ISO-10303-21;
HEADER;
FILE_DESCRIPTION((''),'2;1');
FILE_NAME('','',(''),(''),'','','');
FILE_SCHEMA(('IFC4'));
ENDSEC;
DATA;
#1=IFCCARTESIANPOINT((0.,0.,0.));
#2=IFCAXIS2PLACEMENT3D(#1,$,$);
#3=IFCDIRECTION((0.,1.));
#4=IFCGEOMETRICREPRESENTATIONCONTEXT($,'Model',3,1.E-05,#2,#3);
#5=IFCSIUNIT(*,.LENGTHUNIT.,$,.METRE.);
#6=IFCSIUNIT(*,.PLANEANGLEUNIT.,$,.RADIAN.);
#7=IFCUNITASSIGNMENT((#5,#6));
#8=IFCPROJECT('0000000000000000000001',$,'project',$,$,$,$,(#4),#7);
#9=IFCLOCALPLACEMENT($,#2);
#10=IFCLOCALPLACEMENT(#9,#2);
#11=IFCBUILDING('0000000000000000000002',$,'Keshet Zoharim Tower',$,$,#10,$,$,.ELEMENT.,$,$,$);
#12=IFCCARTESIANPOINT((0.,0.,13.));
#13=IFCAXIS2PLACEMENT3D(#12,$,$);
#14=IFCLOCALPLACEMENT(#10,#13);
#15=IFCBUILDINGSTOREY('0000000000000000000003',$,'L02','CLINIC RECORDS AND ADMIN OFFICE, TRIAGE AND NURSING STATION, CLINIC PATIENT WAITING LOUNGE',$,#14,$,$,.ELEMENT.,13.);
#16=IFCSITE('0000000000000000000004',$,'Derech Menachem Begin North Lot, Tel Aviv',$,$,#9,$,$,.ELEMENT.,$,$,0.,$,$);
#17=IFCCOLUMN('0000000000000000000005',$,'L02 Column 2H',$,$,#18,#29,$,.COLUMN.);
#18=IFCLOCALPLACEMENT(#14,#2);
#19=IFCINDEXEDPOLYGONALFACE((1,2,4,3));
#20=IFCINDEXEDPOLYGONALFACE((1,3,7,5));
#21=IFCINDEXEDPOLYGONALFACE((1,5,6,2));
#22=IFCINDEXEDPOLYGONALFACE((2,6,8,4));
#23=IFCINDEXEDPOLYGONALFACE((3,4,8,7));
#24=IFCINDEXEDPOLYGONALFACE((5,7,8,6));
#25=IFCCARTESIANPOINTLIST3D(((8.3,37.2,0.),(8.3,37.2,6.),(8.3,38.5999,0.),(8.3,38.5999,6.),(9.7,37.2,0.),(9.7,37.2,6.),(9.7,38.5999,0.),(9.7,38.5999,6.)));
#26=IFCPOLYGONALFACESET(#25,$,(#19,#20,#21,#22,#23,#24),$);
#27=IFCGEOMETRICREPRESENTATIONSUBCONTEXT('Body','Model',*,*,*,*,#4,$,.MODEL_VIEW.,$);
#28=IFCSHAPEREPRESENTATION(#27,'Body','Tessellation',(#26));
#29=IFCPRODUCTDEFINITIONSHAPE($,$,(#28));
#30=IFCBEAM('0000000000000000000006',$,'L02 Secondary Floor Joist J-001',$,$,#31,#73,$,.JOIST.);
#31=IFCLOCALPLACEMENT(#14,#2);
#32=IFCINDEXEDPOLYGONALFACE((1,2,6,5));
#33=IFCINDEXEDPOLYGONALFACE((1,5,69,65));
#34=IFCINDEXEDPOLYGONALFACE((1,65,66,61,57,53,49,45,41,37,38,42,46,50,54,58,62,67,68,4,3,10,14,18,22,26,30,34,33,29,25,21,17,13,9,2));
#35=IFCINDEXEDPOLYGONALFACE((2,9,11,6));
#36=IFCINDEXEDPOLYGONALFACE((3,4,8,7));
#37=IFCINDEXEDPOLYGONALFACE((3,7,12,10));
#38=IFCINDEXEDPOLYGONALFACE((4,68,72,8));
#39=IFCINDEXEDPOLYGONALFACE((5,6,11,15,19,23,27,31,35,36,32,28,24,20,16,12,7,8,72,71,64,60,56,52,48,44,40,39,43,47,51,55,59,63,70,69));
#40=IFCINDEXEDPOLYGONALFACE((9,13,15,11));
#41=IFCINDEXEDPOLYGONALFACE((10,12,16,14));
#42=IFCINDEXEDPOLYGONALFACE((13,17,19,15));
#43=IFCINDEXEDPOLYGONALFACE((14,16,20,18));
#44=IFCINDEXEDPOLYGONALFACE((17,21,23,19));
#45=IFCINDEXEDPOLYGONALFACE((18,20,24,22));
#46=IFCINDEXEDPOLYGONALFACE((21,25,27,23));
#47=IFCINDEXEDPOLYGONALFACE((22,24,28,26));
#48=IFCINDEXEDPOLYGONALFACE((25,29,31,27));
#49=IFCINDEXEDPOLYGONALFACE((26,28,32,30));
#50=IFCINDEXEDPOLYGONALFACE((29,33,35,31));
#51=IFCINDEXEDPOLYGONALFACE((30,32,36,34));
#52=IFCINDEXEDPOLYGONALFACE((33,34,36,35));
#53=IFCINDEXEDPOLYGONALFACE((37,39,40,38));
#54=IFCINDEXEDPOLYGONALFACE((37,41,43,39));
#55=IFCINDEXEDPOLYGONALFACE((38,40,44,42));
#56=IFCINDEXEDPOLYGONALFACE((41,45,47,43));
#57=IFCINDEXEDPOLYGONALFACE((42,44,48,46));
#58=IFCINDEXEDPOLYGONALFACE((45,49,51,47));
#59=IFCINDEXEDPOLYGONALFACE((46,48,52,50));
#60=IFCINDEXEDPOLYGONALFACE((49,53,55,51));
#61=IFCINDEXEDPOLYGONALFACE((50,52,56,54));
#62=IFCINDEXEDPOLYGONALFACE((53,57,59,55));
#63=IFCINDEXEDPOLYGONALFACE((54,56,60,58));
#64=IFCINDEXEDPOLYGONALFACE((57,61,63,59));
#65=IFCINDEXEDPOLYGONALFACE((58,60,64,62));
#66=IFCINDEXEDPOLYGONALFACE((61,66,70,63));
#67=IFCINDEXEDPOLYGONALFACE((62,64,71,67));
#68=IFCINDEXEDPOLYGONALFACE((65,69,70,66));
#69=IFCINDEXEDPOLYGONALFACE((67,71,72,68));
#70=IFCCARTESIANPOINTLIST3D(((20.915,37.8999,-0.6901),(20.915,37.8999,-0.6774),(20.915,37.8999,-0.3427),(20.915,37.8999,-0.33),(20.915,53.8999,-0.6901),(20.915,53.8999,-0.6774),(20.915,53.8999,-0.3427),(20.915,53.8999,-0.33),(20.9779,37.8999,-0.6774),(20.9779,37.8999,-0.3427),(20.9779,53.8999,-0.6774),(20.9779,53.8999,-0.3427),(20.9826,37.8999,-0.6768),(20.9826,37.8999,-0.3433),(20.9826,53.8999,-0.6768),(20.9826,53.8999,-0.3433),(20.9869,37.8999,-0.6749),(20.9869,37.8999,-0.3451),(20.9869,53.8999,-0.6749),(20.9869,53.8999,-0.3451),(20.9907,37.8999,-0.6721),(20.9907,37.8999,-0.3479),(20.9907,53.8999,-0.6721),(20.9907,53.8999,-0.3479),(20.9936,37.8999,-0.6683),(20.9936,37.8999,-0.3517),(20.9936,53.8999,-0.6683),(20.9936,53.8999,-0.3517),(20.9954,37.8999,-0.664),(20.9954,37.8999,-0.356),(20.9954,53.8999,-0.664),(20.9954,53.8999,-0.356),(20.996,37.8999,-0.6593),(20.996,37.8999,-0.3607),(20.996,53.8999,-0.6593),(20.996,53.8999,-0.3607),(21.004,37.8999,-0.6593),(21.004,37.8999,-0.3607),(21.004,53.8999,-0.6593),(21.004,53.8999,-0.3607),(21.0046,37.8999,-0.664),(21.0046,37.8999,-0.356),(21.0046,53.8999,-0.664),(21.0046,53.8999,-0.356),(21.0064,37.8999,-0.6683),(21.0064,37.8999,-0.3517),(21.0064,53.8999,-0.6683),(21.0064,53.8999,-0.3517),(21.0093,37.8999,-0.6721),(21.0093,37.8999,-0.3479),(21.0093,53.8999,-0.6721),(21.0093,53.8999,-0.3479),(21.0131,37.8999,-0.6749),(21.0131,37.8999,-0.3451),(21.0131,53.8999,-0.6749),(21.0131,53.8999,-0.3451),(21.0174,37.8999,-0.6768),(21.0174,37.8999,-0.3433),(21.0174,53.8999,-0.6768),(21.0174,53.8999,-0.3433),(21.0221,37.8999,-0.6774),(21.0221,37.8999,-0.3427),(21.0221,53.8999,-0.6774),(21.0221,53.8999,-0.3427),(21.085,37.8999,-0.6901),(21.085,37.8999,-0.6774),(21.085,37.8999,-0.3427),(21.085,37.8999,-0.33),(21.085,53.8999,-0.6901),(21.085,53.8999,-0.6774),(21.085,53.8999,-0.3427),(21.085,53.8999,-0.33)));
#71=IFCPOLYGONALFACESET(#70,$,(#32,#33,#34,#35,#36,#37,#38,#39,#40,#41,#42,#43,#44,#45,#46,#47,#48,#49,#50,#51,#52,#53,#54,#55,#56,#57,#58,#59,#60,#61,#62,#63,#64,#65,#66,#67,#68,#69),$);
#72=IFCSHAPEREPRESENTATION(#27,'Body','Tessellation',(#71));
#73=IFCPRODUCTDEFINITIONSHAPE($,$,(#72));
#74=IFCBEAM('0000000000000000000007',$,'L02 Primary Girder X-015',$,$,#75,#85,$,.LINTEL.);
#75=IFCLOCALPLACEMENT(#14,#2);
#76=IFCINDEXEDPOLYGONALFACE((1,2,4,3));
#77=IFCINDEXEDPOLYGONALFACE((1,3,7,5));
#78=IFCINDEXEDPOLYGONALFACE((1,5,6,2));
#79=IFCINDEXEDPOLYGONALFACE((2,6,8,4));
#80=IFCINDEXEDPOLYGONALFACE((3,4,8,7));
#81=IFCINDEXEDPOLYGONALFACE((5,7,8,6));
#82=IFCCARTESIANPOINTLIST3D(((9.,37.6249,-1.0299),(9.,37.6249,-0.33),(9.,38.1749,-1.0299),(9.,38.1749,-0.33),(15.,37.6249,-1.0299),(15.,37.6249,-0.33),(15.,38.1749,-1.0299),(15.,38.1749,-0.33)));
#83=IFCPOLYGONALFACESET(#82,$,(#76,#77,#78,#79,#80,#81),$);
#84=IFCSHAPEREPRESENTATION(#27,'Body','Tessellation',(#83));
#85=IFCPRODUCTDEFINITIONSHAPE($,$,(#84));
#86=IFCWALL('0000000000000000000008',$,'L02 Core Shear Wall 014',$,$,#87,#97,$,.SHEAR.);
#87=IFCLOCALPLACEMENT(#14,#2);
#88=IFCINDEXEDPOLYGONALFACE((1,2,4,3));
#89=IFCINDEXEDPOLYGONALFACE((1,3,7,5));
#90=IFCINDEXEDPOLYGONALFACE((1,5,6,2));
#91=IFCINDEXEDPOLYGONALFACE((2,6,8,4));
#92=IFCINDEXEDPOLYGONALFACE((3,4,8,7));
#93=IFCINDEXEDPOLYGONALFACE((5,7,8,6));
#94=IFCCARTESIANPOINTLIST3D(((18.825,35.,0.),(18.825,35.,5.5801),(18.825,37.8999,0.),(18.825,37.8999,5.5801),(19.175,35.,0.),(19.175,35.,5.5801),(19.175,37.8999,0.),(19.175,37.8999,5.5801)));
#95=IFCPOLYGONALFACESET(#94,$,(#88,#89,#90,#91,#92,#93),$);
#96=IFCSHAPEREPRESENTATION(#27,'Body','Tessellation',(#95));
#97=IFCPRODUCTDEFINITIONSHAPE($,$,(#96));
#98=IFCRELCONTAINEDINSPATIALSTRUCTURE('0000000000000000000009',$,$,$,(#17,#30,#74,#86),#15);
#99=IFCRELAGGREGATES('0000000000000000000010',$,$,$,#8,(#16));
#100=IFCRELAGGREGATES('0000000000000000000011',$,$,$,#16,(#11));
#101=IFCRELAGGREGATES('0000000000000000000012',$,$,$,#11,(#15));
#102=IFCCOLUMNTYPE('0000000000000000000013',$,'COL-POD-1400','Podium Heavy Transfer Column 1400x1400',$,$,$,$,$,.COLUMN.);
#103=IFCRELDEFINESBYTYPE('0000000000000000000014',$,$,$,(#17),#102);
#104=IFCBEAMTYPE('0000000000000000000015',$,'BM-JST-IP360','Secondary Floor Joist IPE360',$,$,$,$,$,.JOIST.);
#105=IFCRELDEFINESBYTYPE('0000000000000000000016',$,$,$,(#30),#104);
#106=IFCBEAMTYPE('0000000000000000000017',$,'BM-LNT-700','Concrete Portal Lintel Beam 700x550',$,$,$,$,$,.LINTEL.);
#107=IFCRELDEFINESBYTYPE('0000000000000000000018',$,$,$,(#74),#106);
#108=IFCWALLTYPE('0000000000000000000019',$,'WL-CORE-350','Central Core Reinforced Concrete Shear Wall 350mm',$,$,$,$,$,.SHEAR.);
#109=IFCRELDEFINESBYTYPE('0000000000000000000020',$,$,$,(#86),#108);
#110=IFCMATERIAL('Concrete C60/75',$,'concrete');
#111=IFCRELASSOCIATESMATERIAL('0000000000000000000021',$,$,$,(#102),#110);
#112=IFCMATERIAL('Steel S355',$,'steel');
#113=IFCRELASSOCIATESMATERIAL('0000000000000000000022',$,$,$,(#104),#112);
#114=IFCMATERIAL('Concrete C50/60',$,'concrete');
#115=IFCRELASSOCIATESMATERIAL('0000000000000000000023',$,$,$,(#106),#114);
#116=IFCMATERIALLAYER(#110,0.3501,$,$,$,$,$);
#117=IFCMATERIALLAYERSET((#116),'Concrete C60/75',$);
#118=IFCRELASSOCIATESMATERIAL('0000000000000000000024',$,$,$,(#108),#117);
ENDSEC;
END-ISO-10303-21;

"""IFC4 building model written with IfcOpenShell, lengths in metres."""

from ifc_helpers import new_model, si_unit, direction, frame, frame_2d, origin, origin_2d, place, context, subcontext, project, spatial, rectangle, i_section, extrude, material, layer, layer_set, material_profile, profile_set, type_object, element, save


model = new_model("IFC4")

# Units and contexts
model_context = context("Model", 3, precision=1e-05, world=origin(), true_north=direction((0.0, 1.0)))
body_context = subcontext(model_context, "Body", "Model", "MODEL_VIEW")
ifc_project = project(units=[si_unit("LENGTHUNIT", "METRE"), si_unit("PLANEANGLEUNIT", "RADIAN")], contexts=[model_context])

# Site, building, storey
site_placement = place(None, origin())
site = spatial("IfcSite", under=ifc_project, at=site_placement, Name="Derech Menachem Begin North Lot, Tel Aviv", CompositionType="ELEMENT", RefElevation=0.0)
building_placement = place(site_placement, origin())
building = spatial("IfcBuilding", under=site, at=building_placement, Name="Keshet Zoharim Tower", CompositionType="ELEMENT")
storey_placement = place(building_placement, frame((0.0, 0.0, 13.0)))
storey = spatial("IfcBuildingStorey", under=building, at=storey_placement, Name="L02", Description="CLINIC RECORDS AND ADMIN OFFICE, TRIAGE AND NURSING STATION, CLINIC PATIENT WAITING LOUNGE", CompositionType="ELEMENT", Elevation=13.0)

# Column
ifc_material_1 = material(Name="Concrete C60/75", Category="concrete")
ifc_material_profile_1 = material_profile(ifc_material_1, rectangle(XDim=1.3999, YDim=1.3999, at=origin_2d()), Name="RC1400x1400")
ifc_profile_set_1 = profile_set([ifc_material_profile_1], Name="Concrete C60/75")
column_type = type_object("IfcColumnType", Name="COL-POD-1400", Description="Podium Heavy Transfer Column 1400x1400", PredefinedType="COLUMN", material=ifc_profile_set_1)
column_placement = place(storey_placement, frame((9.0, 37.8999, 0.0), z_axis=(0.0, 0.0, 1.0), x_axis=(1.0, 0.0, 0.0)))
element("IfcColumn", 1, at=column_placement, inside=storey, type_object=column_type, Name="L02 Column 2H", PredefinedType="COLUMN", context=body_context, shape_type="SweptSolid", body=[
    extrude(rectangle(XDim=1.3999, YDim=1.3999, at=origin_2d()), origin(), (0.0, 0.0, 1.0), 6.0),
])

# Beams
ifc_material_2 = material(Name="Steel S355", Category="steel")
ifc_material_profile_2 = material_profile(ifc_material_2, i_section(OverallWidth=0.1699, OverallDepth=0.3601, WebThickness=0.0081, FlangeThickness=0.0127, FilletRadius=0.0181, at=origin_2d()), Name="IPE360")
ifc_profile_set_2 = profile_set([ifc_material_profile_2], Name="Steel S355")
beam_type_1 = type_object("IfcBeamType", Name="BM-JST-IP360", Description="Secondary Floor Joist IPE360", PredefinedType="JOIST", material=ifc_profile_set_2)
beam_1_placement = place(storey_placement, frame((21.0, 37.8999, -0.51), z_axis=(0.0, 1.0, 0.0), x_axis=(-1.0, 0.0, 0.0)))
element("IfcBeam", 2, at=beam_1_placement, inside=storey, type_object=beam_type_1, Name="L02 Secondary Floor Joist J-001", PredefinedType="JOIST", context=body_context, shape_type="SweptSolid", body=[
    extrude(i_section(OverallWidth=0.1699, OverallDepth=0.3601, WebThickness=0.0081, FlangeThickness=0.0127, FilletRadius=0.0181, at=origin_2d()), origin(), (0.0, 0.0, 1.0), 16.0),
])
ifc_material_3 = material(Name="Concrete C50/60", Category="concrete")
ifc_material_profile_3 = material_profile(ifc_material_3, rectangle(XDim=0.55, YDim=0.7, at=origin_2d()), Name="RC700x550")
ifc_profile_set_3 = profile_set([ifc_material_profile_3], Name="Concrete C50/60")
beam_type_2 = type_object("IfcBeamType", Name="BM-LNT-700", Description="Concrete Portal Lintel Beam 700x550", PredefinedType="LINTEL", material=ifc_profile_set_3)
beam_2_placement = place(storey_placement, frame((9.0, 37.8999, -0.6799), z_axis=(1.0, 0.0, 0.0), x_axis=(0.0, 1.0, 0.0)))
element("IfcBeam", 3, at=beam_2_placement, inside=storey, type_object=beam_type_2, Name="L02 Primary Girder X-015", PredefinedType="LINTEL", context=body_context, shape_type="SweptSolid", body=[
    extrude(rectangle(XDim=0.55, YDim=0.7, at=origin_2d()), origin(), (0.0, 0.0, 1.0), 6.0),
])

# Wall
ifc_layer_1 = layer(ifc_material_1, 0.3501)
ifc_layer_set_1 = layer_set([ifc_layer_1], Name="Concrete C60/75")
wall_type_1 = type_object("IfcWallType", Name="WL-CORE-350", Description="Central Core Reinforced Concrete Shear Wall 350mm", PredefinedType="SHEAR", material=ifc_layer_set_1)
wall_1_placement = place(storey_placement, frame((19.0, 35.0, 0.0), z_axis=(0.0, 0.0, 1.0), x_axis=(0.0, 1.0, 0.0)))
element("IfcWall", 4, at=wall_1_placement, inside=storey, type_object=wall_type_1, Name="L02 Core Shear Wall 014", PredefinedType="SHEAR", context=body_context, shape_type="SweptSolid", body=[
    extrude(rectangle(XDim=2.8999, YDim=0.3501, at=frame_2d((1.45, 0.0))), origin(), (0.0, 0.0, 1.0), 5.5801),
])

save(model, "model.ifc")
